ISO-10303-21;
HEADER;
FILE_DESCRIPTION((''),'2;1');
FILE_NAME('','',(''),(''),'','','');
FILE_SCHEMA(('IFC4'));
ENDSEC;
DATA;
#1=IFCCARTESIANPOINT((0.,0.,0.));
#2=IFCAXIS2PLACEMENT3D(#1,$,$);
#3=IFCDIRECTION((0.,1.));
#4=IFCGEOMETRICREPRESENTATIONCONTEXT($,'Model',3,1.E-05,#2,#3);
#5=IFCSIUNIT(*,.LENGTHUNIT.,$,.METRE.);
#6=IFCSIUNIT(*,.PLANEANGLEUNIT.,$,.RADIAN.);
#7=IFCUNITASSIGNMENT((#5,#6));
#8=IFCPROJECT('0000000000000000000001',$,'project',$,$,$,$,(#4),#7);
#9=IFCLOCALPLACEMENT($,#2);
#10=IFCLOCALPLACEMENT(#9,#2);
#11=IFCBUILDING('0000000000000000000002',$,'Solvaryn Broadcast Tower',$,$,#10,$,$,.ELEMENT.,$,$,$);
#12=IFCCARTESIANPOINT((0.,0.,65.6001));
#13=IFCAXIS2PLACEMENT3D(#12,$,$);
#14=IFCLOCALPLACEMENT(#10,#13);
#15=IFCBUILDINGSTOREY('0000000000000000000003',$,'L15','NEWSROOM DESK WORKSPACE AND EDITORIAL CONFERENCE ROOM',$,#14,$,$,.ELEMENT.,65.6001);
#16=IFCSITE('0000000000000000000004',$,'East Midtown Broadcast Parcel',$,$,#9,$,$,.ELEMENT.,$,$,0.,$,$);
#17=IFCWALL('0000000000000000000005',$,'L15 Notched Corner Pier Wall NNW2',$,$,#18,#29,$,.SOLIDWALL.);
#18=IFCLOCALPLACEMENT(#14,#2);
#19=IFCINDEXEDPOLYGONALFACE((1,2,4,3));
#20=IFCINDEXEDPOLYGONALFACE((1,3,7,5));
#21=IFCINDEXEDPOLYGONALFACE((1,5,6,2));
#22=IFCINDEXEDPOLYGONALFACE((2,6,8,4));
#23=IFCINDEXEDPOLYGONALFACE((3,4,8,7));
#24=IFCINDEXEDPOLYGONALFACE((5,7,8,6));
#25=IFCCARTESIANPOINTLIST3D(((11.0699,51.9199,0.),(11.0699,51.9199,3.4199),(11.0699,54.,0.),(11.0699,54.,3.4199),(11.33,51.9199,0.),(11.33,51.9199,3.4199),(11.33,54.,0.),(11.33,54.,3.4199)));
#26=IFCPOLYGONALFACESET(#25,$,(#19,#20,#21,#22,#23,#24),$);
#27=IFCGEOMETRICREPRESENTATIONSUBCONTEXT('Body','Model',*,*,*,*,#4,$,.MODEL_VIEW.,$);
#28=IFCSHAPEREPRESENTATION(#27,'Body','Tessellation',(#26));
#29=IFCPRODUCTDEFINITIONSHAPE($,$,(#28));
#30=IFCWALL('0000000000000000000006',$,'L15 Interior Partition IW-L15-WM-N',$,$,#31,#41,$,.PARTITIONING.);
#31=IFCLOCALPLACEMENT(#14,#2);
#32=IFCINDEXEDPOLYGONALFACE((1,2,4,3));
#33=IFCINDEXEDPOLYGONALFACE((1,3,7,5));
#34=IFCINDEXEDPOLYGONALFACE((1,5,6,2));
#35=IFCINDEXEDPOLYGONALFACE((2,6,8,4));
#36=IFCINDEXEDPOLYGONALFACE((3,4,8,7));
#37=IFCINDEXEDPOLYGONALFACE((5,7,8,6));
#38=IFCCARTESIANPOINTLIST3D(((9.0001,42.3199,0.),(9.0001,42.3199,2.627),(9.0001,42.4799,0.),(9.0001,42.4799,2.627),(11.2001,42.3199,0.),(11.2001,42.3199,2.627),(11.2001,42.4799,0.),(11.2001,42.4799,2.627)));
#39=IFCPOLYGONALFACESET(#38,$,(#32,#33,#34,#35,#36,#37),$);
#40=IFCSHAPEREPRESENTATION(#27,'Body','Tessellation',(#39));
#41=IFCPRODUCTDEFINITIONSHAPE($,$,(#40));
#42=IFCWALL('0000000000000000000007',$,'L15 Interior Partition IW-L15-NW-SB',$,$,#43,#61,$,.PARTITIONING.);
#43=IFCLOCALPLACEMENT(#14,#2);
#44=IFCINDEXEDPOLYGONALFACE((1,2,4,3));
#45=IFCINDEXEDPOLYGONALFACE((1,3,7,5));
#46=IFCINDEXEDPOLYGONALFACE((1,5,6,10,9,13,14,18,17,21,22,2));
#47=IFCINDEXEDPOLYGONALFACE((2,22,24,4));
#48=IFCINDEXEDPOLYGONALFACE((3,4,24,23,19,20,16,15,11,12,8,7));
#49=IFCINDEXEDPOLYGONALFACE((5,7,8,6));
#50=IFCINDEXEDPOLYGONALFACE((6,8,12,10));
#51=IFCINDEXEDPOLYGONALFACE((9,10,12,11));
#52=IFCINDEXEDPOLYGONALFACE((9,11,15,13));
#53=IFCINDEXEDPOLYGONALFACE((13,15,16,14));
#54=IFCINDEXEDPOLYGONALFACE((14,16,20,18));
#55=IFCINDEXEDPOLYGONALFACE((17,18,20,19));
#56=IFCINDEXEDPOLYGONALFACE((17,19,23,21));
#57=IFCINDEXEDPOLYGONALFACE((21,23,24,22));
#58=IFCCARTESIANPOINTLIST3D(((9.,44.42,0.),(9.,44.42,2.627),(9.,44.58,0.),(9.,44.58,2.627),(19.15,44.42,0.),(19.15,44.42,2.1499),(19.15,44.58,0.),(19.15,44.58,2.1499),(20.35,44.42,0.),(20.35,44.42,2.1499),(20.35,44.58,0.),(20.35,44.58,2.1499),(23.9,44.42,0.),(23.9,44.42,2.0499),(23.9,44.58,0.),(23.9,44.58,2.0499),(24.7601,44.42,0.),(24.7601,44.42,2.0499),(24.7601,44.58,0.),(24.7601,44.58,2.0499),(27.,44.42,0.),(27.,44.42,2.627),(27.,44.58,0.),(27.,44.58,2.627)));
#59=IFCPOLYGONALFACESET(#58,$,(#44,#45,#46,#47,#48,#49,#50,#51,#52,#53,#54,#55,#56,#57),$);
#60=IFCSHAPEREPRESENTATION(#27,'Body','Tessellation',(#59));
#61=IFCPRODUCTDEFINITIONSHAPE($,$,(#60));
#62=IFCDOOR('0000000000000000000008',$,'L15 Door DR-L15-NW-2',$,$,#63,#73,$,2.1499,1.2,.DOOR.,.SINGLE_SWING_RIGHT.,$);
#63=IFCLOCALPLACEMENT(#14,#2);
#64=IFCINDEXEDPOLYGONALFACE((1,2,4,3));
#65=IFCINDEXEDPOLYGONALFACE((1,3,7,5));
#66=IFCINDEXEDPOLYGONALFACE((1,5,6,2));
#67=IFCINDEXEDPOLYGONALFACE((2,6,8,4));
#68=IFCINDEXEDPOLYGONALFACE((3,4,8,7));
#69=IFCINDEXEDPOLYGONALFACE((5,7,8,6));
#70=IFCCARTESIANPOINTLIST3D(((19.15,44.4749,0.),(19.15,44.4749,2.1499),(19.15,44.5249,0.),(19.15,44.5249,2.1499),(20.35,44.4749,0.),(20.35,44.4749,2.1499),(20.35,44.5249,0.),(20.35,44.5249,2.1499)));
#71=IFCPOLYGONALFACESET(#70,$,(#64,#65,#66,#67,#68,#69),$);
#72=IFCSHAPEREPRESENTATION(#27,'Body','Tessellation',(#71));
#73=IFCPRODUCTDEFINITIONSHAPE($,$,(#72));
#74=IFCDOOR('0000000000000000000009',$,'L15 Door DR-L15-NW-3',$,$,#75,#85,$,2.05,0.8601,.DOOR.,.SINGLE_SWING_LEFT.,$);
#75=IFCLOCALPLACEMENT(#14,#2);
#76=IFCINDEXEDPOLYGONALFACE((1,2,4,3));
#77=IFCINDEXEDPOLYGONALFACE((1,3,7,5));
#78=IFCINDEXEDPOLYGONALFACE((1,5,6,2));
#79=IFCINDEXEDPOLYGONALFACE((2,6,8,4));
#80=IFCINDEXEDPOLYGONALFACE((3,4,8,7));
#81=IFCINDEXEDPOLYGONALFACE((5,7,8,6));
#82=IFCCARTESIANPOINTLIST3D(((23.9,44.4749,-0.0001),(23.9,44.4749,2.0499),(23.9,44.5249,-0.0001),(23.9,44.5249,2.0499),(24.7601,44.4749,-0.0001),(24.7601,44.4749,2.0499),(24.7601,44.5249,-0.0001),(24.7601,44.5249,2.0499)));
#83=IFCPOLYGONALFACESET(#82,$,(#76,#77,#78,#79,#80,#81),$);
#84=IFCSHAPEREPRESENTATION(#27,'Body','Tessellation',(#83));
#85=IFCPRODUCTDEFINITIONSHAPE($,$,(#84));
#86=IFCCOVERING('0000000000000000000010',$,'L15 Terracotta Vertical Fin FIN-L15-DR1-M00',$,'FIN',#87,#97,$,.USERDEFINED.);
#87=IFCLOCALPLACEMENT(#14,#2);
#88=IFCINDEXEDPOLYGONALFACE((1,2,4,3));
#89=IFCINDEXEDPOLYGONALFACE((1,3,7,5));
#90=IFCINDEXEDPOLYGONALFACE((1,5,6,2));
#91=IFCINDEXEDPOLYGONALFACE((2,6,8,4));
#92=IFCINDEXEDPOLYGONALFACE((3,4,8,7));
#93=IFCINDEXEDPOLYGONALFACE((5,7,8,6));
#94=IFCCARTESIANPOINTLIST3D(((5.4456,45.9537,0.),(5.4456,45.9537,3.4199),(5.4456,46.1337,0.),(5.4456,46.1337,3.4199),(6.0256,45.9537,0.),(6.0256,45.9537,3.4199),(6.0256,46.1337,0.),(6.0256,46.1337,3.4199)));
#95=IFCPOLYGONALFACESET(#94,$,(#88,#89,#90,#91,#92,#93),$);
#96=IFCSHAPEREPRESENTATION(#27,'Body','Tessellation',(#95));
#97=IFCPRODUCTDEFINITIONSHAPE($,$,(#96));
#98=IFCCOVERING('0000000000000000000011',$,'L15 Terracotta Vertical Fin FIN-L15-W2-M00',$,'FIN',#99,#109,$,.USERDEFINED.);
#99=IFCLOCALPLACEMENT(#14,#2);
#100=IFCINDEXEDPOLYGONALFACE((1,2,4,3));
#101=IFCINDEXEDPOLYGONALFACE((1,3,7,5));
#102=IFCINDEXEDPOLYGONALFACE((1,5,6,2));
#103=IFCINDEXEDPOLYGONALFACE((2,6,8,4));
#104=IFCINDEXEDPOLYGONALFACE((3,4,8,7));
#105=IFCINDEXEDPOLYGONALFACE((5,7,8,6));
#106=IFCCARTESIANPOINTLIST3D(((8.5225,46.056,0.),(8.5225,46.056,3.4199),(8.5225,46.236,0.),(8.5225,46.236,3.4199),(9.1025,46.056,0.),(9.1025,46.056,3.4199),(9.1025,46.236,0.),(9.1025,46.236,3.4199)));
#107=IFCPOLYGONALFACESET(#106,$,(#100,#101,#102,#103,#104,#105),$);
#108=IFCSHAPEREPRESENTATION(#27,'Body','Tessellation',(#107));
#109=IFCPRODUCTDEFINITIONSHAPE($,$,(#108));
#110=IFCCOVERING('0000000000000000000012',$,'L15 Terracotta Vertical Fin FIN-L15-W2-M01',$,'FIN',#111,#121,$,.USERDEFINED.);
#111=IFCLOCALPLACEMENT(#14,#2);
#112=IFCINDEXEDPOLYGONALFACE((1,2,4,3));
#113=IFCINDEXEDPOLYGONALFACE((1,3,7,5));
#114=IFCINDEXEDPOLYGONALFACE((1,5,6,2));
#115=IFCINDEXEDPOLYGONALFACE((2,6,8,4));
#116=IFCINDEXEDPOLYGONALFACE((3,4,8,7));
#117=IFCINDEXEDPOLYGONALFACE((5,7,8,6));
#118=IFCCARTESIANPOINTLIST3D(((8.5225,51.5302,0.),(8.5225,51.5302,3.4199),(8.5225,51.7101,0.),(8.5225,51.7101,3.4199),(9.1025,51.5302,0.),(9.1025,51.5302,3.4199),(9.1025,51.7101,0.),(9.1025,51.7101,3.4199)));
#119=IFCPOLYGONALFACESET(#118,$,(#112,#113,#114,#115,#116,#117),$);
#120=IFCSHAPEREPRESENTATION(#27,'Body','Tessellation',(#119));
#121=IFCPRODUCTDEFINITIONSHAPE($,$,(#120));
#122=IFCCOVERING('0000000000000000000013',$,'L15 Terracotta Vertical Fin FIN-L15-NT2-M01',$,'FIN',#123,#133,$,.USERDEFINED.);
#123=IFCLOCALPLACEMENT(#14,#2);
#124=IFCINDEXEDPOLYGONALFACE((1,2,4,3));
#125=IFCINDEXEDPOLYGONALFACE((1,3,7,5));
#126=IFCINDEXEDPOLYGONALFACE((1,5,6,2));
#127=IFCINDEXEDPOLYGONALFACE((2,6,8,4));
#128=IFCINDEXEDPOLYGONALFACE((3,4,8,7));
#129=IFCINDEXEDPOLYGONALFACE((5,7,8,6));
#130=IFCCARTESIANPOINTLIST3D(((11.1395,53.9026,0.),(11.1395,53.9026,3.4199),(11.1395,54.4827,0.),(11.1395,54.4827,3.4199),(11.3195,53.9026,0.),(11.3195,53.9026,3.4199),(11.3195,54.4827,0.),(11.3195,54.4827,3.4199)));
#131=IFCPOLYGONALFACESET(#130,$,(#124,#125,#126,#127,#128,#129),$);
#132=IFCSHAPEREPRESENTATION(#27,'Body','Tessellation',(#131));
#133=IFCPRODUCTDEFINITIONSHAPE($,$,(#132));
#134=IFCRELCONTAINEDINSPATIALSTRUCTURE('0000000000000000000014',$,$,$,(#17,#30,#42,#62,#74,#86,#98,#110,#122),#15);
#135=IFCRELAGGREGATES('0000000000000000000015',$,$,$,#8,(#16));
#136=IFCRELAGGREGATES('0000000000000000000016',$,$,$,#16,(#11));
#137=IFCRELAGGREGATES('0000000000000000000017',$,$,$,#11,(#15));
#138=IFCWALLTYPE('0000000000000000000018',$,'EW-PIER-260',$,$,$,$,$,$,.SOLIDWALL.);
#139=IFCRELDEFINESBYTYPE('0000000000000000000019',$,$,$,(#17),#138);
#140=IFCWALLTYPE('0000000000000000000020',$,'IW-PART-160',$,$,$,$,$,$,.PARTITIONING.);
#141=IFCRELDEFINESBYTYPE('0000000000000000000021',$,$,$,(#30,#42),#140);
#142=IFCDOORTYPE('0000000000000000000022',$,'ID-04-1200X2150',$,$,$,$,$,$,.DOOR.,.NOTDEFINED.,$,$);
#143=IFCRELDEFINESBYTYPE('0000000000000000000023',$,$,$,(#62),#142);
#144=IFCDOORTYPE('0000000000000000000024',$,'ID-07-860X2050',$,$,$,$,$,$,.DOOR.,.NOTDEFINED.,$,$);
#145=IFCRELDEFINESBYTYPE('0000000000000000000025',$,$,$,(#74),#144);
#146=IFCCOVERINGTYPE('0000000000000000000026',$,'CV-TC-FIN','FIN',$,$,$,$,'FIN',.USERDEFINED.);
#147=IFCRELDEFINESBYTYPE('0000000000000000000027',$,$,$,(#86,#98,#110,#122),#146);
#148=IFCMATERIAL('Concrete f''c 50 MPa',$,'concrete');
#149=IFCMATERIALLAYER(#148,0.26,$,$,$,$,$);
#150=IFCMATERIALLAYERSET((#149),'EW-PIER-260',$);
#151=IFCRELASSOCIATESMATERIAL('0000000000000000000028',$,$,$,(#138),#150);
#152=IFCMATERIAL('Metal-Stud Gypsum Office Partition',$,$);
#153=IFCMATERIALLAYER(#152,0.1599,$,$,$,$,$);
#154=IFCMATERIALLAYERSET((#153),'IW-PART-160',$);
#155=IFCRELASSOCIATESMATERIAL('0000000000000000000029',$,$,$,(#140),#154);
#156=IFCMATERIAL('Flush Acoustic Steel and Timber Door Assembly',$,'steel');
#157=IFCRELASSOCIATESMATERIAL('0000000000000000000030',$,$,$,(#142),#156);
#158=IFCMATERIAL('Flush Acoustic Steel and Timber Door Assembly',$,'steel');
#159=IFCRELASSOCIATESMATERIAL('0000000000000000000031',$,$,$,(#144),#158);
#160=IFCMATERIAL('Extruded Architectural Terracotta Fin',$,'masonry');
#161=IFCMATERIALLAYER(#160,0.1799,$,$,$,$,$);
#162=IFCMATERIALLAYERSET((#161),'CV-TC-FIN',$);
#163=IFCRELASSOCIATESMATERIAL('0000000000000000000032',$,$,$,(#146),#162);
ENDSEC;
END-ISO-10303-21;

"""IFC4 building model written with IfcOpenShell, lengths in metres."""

from ifc_helpers import new_model, si_unit, direction, frame, frame_2d, origin, origin_2d, place, context, subcontext, project, spatial, rectangle, extrude, material, layer, layer_set, type_object, element, fill, save


model = new_model("IFC4")

# Units and contexts
model_context = context("Model", 3, precision=1e-05, world=origin(), true_north=direction((0.0, 1.0)))
body_context = subcontext(model_context, "Body", "Model", "MODEL_VIEW")
ifc_project = project(units=[si_unit("LENGTHUNIT", "METRE"), si_unit("PLANEANGLEUNIT", "RADIAN")], contexts=[model_context])

# Site, building, storey
site_placement = place(None, origin())
site = spatial("IfcSite", under=ifc_project, at=site_placement, Name="East Midtown Broadcast Parcel", CompositionType="ELEMENT", RefElevation=0.0)
building_placement = place(site_placement, origin())
building = spatial("IfcBuilding", under=site, at=building_placement, Name="Solvaryn Broadcast Tower", CompositionType="ELEMENT")
storey_placement = place(building_placement, frame((0.0, 0.0, 65.6001)))
storey = spatial("IfcBuildingStorey", under=building, at=storey_placement, Name="L15", Description="NEWSROOM DESK WORKSPACE AND EDITORIAL CONFERENCE ROOM", CompositionType="ELEMENT", Elevation=65.6001)

# Walls
ifc_material_1 = material(Name="Concrete f'c 50 MPa", Category="concrete")
ifc_layer_1 = layer(ifc_material_1, 0.26)
ifc_layer_set_1 = layer_set([ifc_layer_1], Name="EW-PIER-260")
wall_type_1 = type_object("IfcWallType", Name="EW-PIER-260", PredefinedType="SOLIDWALL", material=ifc_layer_set_1)
wall_1_placement = place(storey_placement, frame((11.2, 51.9199, 0.0), z_axis=(0.0, 0.0, 1.0), x_axis=(0.0, 1.0, 0.0)))
element("IfcWall", 1, at=wall_1_placement, inside=storey, type_object=wall_type_1, Name="L15 Notched Corner Pier Wall NNW2", PredefinedType="SOLIDWALL", context=body_context, shape_type="SweptSolid", body=[
    extrude(rectangle(XDim=2.0801, YDim=0.26, at=frame_2d((1.04, 0.0))), origin(), (0.0, 0.0, 1.0), 3.4199),
])
ifc_material_2 = material(Name="Metal-Stud Gypsum Office Partition")
ifc_layer_2 = layer(ifc_material_2, 0.1599)
ifc_layer_set_2 = layer_set([ifc_layer_2], Name="IW-PART-160")
wall_type_2 = type_object("IfcWallType", Name="IW-PART-160", PredefinedType="PARTITIONING", material=ifc_layer_set_2)
wall_2_placement = place(storey_placement, frame((9.0, 42.3999, 0.0), z_axis=(0.0, 0.0, 1.0), x_axis=(1.0, 0.0, 0.0)))
element("IfcWall", 2, at=wall_2_placement, inside=storey, type_object=wall_type_2, Name="L15 Interior Partition IW-L15-WM-N", PredefinedType="PARTITIONING", context=body_context, shape_type="SweptSolid", body=[
    extrude(rectangle(XDim=2.2, YDim=0.1599, at=frame_2d((1.1001, 0.0))), origin(), (0.0, 0.0, 1.0), 2.627),
])

# Wall, openings, doors
wall_3_placement = place(storey_placement, frame((9.0, 44.5, 0.0), z_axis=(0.0, 0.0, 1.0), x_axis=(1.0, 0.0, 0.0)))
wall_3 = element("IfcWall", 3, at=wall_3_placement, inside=storey, type_object=wall_type_2, Name="L15 Interior Partition IW-L15-NW-SB", PredefinedType="PARTITIONING", context=body_context, shape_type="SweptSolid", body=[
    extrude(rectangle(XDim=18.0, YDim=0.1599, at=frame_2d((9.0, 0.0))), origin(), (0.0, 0.0, 1.0), 2.627),
])
opening_1_placement = place(wall_3_placement, frame((10.1499, 0.0, 0.0)))
opening_1 = element("IfcOpeningElement", 4, at=opening_1_placement, cuts=wall_3, PredefinedType="OPENING", context=body_context, shape_type="SweptSolid", body=[
    extrude(rectangle(XDim=1.2, YDim=2.1499, at=frame_2d((0.6001, 1.075))), frame((0.0, 0.0901, 0.0), z_axis=(0.0, -1.0, 0.0), x_axis=(1.0, 0.0, 0.0)), (0.0, 0.0, 1.0), 0.1799),
])
opening_2_placement = place(wall_3_placement, frame((14.8999, 0.0, 0.0)))
opening_2 = element("IfcOpeningElement", 5, at=opening_2_placement, cuts=wall_3, PredefinedType="OPENING", context=body_context, shape_type="SweptSolid", body=[
    extrude(rectangle(XDim=0.8601, YDim=2.05, at=frame_2d((0.4302, 1.0249))), frame((0.0, 0.0901, 0.0), z_axis=(0.0, -1.0, 0.0), x_axis=(1.0, 0.0, 0.0)), (0.0, 0.0, 1.0), 0.1799),
])
ifc_material_3 = material(Name="Flush Acoustic Steel and Timber Door Assembly", Category="steel")
door_type_1 = type_object("IfcDoorType", Name="ID-04-1200X2150", OperationType="NOTDEFINED", PredefinedType="DOOR", material=ifc_material_3)
door_1_placement = place(opening_1_placement, origin())
door_1 = element("IfcDoor", 6, at=door_1_placement, inside=storey, type_object=door_type_1, Name="L15 Door DR-L15-NW-2", OperationType="SINGLE_SWING_RIGHT", OverallHeight=2.1499, OverallWidth=1.2, PredefinedType="DOOR", context=body_context, shape_type="SweptSolid", body=[
    extrude(rectangle(XDim=1.2, YDim=2.1499, at=frame_2d((0.6001, 1.075))), frame((0.0, 0.0249, 0.0), z_axis=(0.0, -1.0, 0.0), x_axis=(1.0, 0.0, 0.0)), (0.0, 0.0, 1.0), 0.05),
])
fill(opening_1, door_1)
ifc_material_4 = material(Name="Flush Acoustic Steel and Timber Door Assembly", Category="steel")
door_type_2 = type_object("IfcDoorType", Name="ID-07-860X2050", OperationType="NOTDEFINED", PredefinedType="DOOR", material=ifc_material_4)
door_2_placement = place(opening_2_placement, origin())
door_2 = element("IfcDoor", 7, at=door_2_placement, inside=storey, type_object=door_type_2, Name="L15 Door DR-L15-NW-3", OperationType="SINGLE_SWING_LEFT", OverallHeight=2.05, OverallWidth=0.8601, PredefinedType="DOOR", context=body_context, shape_type="SweptSolid", body=[
    extrude(rectangle(XDim=0.8601, YDim=2.05, at=frame_2d((0.4302, 1.0249))), frame((0.0, 0.0249, 0.0), z_axis=(0.0, -1.0, 0.0), x_axis=(1.0, 0.0, 0.0)), (0.0, 0.0, 1.0), 0.05),
])
fill(opening_2, door_2)

# Coverings
ifc_material_5 = material(Name="Extruded Architectural Terracotta Fin", Category="masonry")
ifc_layer_3 = layer(ifc_material_5, 0.1799)
ifc_layer_set_3 = layer_set([ifc_layer_3], Name="CV-TC-FIN")
covering_type = type_object("IfcCoveringType", Name="CV-TC-FIN", Description="FIN", ElementType="FIN", PredefinedType="USERDEFINED", material=ifc_layer_set_3)
for number, where, z_axis, x_axis, name in (
    (8, (5.7356, 46.0437, 0.0), (0.0, 0.0, 1.0), (1.0, 0.0, 0.0), "L15 Terracotta Vertical Fin FIN-L15-DR1-M00"),
    (9, (8.8125, 46.146, 0.0), (0.0, 0.0, 1.0), (1.0, 0.0, 0.0), "L15 Terracotta Vertical Fin FIN-L15-W2-M00"),
    (10, (8.8125, 51.6201, 0.0), (0.0, 0.0, 1.0), (1.0, 0.0, 0.0), "L15 Terracotta Vertical Fin FIN-L15-W2-M01"),
):
    element("IfcCovering", number, at=place(storey_placement, frame(where, z_axis=z_axis, x_axis=x_axis)), inside=storey, type_object=covering_type, Name=name, ObjectType="FIN", PredefinedType="USERDEFINED", context=body_context, shape_type="SweptSolid", body=[
        extrude(rectangle(XDim=0.5801, YDim=0.1799, at=origin_2d()), origin(), (0.0, 0.0, 1.0), 3.4199),
    ])
covering_placement = place(storey_placement, frame((11.2295, 54.1926, 0.0), z_axis=(0.0, 0.0, 1.0), x_axis=(1.0, 0.0, 0.0)))
element("IfcCovering", 11, at=covering_placement, inside=storey, type_object=covering_type, Name="L15 Terracotta Vertical Fin FIN-L15-NT2-M01", ObjectType="FIN", PredefinedType="USERDEFINED", context=body_context, shape_type="SweptSolid", body=[
    extrude(rectangle(XDim=0.1799, YDim=0.5801, at=origin_2d()), origin(), (0.0, 0.0, 1.0), 3.4199),
])

save(model, "model.ifc")
